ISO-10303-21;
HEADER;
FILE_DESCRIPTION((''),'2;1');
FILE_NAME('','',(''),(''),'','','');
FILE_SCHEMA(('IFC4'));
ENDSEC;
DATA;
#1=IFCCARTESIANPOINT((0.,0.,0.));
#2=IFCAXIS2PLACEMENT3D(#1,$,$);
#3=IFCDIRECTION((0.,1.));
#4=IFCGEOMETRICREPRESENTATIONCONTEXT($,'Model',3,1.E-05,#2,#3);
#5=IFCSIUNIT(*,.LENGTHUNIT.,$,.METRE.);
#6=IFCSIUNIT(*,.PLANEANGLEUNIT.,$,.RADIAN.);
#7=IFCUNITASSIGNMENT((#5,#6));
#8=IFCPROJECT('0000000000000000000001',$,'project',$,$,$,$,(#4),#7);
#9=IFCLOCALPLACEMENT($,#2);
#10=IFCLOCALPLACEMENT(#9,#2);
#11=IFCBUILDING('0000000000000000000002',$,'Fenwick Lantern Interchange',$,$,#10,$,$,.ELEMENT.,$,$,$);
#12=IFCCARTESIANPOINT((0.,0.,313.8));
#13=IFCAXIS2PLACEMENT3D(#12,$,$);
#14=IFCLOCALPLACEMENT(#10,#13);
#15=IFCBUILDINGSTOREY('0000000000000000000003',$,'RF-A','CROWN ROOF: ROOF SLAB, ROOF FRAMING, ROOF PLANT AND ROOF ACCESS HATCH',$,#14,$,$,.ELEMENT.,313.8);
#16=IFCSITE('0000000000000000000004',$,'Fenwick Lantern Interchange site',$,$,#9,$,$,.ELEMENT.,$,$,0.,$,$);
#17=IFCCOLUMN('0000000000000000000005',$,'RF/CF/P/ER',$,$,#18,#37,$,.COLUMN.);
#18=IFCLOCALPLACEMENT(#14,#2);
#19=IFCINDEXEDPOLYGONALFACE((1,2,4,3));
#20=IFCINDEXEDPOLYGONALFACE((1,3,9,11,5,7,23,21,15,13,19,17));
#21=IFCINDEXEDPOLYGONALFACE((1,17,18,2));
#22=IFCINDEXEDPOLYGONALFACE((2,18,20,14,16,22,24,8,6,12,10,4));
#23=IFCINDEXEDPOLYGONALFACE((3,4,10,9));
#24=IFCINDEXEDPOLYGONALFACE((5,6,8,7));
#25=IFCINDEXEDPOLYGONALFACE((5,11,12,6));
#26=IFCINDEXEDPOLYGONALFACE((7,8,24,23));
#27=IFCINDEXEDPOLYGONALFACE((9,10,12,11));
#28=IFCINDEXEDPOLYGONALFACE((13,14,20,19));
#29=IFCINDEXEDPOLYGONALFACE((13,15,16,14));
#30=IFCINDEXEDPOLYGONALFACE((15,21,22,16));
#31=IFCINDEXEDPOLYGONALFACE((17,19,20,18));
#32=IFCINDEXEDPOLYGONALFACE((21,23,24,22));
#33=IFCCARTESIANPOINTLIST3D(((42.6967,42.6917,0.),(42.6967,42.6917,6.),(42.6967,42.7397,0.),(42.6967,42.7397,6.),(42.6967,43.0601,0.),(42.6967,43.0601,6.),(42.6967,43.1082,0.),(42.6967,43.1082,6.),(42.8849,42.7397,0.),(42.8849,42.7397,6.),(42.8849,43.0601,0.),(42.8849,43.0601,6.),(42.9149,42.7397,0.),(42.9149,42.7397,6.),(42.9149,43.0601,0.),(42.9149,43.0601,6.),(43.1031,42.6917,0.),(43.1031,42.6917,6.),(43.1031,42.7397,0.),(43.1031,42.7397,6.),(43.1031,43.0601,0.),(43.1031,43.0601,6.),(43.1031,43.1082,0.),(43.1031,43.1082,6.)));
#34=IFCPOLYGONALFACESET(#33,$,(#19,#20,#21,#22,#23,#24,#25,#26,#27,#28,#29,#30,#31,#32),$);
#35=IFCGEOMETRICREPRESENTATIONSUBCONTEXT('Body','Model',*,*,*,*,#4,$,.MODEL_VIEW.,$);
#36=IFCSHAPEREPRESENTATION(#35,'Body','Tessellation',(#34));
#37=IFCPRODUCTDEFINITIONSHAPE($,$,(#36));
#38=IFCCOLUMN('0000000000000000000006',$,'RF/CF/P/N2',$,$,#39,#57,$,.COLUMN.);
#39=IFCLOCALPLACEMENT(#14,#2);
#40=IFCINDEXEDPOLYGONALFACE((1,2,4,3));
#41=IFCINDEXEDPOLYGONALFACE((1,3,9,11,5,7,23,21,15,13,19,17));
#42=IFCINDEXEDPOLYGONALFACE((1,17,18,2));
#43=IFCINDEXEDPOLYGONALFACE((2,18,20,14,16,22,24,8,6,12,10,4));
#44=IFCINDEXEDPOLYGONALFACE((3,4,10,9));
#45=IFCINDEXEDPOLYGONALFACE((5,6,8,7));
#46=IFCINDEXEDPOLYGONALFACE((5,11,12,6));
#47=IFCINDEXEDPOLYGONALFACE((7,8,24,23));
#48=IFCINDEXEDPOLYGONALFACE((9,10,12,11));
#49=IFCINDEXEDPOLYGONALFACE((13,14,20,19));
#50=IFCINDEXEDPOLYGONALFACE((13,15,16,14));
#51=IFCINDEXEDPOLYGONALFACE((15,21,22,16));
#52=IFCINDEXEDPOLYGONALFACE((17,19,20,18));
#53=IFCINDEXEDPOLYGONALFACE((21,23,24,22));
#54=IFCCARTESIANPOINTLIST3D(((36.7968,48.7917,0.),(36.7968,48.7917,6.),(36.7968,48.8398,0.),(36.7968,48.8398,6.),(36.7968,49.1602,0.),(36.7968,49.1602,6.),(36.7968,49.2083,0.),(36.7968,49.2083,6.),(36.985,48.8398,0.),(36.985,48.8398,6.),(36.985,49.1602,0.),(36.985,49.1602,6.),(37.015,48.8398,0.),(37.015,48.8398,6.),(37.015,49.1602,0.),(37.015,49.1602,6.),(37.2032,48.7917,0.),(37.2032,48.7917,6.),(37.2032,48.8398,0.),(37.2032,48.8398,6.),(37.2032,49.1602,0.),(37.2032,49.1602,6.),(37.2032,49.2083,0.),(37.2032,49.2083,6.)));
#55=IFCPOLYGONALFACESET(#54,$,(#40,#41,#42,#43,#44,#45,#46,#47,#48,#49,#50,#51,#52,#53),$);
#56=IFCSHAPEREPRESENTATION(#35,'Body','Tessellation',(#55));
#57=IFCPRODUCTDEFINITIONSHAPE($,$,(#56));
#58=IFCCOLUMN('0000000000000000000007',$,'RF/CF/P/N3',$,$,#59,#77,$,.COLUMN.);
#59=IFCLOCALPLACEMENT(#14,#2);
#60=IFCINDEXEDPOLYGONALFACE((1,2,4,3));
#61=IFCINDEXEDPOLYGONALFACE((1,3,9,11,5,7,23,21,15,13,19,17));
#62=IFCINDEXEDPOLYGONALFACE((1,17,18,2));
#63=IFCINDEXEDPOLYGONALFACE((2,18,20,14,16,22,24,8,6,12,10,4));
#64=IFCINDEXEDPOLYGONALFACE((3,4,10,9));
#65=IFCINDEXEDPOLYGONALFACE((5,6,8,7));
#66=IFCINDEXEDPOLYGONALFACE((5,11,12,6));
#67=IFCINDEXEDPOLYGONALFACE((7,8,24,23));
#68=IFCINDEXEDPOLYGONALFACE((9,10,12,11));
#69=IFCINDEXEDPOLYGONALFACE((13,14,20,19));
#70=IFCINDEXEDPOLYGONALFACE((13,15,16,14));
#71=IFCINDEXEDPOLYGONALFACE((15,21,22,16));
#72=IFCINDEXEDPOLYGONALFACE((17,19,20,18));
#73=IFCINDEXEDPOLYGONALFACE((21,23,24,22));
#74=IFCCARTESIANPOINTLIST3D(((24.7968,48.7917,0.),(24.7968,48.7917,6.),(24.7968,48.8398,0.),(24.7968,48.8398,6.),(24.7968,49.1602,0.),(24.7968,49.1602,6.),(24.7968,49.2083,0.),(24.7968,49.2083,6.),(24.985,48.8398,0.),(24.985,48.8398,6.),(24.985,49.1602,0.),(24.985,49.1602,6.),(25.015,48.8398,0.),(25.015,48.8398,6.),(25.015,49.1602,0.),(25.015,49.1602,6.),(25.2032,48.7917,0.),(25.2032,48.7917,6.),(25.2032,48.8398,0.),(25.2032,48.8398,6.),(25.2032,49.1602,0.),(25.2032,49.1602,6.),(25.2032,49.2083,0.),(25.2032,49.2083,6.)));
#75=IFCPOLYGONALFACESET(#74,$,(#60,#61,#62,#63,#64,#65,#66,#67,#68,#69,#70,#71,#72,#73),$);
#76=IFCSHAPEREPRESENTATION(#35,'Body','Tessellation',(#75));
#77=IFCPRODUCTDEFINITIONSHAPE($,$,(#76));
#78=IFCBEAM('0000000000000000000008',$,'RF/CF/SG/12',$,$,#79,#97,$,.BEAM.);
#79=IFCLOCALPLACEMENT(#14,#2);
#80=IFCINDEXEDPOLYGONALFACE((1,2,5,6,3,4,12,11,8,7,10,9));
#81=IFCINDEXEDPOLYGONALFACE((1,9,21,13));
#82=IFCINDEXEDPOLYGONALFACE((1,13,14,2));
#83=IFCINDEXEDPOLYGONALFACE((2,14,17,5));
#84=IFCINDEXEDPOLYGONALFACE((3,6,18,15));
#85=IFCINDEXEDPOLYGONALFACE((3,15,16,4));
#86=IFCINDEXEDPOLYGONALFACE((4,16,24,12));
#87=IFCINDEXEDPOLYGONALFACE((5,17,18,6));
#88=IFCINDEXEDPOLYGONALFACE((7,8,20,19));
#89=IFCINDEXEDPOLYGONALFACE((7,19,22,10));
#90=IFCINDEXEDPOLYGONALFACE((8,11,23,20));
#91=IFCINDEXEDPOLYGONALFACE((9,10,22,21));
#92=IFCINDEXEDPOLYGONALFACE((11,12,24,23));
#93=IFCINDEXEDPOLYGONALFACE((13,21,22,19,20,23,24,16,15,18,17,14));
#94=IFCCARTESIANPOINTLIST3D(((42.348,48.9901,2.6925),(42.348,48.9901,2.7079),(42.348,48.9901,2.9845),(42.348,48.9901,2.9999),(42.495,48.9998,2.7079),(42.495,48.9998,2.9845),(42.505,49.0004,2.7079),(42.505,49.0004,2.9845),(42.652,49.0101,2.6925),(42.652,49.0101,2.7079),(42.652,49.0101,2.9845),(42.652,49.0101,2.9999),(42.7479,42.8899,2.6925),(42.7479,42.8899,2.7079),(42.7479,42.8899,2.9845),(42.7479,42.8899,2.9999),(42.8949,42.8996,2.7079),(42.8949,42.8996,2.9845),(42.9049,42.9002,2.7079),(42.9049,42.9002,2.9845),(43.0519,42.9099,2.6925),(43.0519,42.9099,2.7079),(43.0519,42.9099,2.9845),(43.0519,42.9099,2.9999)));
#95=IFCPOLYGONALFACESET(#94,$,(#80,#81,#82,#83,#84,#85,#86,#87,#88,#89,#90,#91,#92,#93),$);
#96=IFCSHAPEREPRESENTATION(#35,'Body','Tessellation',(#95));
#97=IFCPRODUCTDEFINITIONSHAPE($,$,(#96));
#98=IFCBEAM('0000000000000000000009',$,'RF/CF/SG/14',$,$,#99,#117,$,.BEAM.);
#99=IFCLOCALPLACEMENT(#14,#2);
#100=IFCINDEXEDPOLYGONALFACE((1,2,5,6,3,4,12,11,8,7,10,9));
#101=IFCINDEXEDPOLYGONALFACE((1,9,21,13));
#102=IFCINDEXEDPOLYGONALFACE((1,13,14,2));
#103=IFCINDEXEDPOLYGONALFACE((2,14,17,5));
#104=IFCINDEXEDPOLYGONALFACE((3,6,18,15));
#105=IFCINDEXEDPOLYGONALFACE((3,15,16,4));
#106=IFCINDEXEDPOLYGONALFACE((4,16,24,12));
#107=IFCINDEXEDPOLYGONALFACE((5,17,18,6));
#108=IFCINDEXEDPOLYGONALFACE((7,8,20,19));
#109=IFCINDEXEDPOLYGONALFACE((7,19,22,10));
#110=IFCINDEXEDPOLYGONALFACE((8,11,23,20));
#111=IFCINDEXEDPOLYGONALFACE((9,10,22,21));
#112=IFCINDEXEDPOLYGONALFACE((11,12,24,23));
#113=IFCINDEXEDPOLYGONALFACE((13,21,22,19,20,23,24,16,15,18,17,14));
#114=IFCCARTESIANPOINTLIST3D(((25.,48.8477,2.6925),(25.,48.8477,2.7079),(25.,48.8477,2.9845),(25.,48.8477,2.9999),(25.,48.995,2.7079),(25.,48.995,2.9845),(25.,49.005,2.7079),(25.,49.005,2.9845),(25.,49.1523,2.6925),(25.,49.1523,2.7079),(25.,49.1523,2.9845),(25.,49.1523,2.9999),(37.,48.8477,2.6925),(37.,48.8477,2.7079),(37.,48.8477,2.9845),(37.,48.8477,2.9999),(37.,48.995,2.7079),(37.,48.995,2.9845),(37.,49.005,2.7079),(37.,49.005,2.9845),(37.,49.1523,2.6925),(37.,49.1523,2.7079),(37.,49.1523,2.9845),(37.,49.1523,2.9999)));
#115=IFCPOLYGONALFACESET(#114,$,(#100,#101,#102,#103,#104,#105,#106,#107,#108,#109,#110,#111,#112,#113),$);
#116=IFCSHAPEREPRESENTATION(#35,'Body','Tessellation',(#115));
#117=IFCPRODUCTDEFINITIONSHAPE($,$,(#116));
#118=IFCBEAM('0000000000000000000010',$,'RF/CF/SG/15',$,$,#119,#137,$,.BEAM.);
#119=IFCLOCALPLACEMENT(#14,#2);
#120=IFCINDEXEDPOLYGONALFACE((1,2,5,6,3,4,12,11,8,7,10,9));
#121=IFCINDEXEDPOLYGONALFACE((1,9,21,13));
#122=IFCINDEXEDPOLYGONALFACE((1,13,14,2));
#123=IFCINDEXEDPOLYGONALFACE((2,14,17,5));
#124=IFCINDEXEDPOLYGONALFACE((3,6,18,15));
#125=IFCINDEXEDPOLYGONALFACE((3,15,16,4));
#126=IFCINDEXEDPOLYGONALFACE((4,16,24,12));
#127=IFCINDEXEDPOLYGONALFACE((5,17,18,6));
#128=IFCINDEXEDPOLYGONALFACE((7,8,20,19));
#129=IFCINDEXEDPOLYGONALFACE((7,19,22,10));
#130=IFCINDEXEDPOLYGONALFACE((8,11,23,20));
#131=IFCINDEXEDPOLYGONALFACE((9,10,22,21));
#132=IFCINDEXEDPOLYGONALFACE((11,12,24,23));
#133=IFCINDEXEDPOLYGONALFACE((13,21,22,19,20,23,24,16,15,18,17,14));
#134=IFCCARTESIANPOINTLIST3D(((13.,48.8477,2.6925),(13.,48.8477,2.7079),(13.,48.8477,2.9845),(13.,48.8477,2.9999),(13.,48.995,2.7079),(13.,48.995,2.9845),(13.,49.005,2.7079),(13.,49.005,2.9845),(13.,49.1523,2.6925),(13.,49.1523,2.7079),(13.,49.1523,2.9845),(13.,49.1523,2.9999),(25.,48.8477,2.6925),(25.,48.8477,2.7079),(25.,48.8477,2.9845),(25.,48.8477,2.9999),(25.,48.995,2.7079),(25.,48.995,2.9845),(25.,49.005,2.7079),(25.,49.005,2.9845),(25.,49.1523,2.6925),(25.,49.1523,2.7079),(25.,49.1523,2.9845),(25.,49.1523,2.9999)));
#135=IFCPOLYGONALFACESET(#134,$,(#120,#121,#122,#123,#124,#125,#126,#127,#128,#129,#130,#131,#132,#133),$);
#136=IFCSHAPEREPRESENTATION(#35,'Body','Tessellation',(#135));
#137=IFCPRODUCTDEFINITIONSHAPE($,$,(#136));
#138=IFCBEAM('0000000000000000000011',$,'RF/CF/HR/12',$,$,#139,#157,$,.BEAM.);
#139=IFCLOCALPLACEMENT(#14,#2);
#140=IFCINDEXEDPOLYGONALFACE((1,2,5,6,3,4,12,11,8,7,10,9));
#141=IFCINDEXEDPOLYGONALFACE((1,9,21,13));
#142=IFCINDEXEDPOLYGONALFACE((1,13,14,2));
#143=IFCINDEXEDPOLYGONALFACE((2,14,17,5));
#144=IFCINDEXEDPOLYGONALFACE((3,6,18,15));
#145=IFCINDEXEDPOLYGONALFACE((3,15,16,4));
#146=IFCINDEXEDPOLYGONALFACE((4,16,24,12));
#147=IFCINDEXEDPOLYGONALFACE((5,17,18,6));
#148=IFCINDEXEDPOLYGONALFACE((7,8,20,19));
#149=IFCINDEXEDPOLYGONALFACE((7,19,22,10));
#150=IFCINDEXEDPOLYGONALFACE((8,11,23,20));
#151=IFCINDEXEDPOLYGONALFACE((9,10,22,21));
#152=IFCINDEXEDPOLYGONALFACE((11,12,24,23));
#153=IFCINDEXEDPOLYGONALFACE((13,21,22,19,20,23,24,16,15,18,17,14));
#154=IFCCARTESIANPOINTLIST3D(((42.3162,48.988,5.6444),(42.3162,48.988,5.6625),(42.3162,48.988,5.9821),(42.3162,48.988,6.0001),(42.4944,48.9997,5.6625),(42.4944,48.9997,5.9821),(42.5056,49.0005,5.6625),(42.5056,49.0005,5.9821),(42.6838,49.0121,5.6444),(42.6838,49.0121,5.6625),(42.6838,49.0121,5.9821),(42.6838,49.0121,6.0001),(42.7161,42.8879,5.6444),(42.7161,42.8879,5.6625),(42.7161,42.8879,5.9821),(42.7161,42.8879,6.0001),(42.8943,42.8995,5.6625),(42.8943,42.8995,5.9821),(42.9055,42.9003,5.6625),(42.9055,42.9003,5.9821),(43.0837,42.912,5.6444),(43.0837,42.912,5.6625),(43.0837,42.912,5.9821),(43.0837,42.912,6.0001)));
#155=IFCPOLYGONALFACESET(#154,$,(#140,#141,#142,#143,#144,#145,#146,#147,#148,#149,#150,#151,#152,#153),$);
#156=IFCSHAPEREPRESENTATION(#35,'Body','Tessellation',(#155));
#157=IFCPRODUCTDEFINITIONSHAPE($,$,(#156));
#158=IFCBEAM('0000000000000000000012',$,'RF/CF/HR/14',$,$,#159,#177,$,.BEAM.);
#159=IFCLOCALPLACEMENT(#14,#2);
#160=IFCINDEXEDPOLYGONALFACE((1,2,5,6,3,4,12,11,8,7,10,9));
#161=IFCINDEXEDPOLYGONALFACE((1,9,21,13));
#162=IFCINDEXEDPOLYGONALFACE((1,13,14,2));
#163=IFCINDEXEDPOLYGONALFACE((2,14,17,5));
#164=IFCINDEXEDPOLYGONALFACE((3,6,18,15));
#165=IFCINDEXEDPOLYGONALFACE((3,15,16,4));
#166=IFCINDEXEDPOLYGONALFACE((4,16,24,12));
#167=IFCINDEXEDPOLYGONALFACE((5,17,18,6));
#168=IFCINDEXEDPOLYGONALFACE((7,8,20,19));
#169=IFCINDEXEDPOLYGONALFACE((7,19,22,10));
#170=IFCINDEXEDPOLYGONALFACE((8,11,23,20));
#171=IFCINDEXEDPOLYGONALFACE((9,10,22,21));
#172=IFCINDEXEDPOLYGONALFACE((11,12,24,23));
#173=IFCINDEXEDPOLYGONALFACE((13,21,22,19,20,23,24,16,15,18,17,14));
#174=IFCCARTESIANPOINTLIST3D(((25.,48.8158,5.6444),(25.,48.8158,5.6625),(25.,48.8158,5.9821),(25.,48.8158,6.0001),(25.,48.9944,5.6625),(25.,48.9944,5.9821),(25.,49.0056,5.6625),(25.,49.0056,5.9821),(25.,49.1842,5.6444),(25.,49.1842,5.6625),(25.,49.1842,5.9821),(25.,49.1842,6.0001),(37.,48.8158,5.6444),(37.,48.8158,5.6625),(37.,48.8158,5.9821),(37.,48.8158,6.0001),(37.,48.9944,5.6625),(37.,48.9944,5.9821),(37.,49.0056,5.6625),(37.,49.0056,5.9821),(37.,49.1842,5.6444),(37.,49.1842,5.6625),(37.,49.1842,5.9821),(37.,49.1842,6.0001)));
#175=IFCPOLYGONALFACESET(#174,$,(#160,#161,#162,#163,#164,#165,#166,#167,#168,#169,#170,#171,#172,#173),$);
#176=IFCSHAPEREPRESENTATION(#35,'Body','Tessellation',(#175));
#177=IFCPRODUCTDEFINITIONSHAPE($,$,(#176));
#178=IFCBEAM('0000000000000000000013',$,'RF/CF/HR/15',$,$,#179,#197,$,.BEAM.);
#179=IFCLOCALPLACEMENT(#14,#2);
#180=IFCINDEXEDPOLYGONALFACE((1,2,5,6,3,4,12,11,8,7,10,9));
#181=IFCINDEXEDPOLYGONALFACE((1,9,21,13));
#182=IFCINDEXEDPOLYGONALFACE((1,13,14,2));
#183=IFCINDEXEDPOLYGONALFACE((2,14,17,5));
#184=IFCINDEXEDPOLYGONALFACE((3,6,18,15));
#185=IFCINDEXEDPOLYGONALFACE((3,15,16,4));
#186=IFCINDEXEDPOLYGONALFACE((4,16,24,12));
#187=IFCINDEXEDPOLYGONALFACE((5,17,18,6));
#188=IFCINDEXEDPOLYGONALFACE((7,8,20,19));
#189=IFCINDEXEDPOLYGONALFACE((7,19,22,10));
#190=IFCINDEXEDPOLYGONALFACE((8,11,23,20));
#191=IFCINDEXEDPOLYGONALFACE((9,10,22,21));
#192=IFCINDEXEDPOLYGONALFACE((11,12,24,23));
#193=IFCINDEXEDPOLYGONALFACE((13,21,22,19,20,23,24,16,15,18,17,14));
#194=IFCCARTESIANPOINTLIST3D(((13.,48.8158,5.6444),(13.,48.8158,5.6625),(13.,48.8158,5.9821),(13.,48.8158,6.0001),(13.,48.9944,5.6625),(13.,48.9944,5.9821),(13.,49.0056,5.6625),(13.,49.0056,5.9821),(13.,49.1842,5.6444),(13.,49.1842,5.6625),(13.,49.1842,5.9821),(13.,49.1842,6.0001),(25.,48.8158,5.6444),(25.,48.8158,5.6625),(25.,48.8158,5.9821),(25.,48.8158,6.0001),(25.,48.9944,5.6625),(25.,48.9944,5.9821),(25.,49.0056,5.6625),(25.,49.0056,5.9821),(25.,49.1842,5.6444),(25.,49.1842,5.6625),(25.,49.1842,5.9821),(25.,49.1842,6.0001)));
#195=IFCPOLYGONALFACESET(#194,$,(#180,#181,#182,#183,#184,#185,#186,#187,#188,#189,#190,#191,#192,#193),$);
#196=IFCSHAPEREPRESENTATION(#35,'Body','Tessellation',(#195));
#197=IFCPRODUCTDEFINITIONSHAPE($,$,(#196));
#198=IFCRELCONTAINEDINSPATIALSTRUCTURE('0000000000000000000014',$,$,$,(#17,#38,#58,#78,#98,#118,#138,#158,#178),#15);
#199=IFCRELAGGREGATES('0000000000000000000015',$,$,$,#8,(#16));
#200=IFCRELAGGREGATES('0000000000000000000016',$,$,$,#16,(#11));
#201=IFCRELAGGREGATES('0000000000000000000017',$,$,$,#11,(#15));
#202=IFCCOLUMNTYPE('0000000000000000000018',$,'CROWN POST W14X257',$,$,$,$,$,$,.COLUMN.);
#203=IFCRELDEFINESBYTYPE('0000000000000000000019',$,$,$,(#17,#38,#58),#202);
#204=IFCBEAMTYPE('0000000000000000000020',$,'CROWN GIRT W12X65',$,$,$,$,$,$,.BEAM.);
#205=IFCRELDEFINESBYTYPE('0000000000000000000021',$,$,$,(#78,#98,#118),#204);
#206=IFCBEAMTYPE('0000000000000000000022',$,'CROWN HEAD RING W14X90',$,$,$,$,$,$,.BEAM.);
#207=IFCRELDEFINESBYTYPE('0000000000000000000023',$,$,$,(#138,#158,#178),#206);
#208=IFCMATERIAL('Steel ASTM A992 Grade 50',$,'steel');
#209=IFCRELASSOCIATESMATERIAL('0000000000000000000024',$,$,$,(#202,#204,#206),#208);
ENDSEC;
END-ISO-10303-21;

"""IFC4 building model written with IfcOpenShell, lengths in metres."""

from ifc_helpers import new_model, si_unit, direction, frame, origin, origin_2d, place, context, subcontext, project, spatial, i_section, extrude, material, material_profile, profile_set, type_object, element, save


model = new_model("IFC4")

# Units and contexts
model_context = context("Model", 3, precision=1e-05, world=origin(), true_north=direction((0.0, 1.0)))
body_context = subcontext(model_context, "Body", "Model", "MODEL_VIEW")
ifc_project = project(units=[si_unit("LENGTHUNIT", "METRE"), si_unit("PLANEANGLEUNIT", "RADIAN")], contexts=[model_context])

# Site, building, storey
site_placement = place(None, origin())
site = spatial("IfcSite", under=ifc_project, at=site_placement, Name="Fenwick Lantern Interchange site", CompositionType="ELEMENT", RefElevation=0.0)
building_placement = place(site_placement, origin())
building = spatial("IfcBuilding", under=site, at=building_placement, Name="Fenwick Lantern Interchange", CompositionType="ELEMENT")
storey_placement = place(building_placement, frame((0.0, 0.0, 313.8)))
storey = spatial("IfcBuildingStorey", under=building, at=storey_placement, Name="RF-A", Description="CROWN ROOF: ROOF SLAB, ROOF FRAMING, ROOF PLANT AND ROOF ACCESS HATCH", CompositionType="ELEMENT", Elevation=313.8)

# Columns
ifc_material_1 = material(Name="Steel ASTM A992 Grade 50", Category="steel")
ifc_material_profile_1 = material_profile(ifc_material_1, i_section(OverallWidth=0.4065, OverallDepth=0.4165, WebThickness=0.03, FlangeThickness=0.0481, at=origin_2d()), Name="W14X257")
ifc_profile_set_1 = profile_set([ifc_material_profile_1], Name="Steel ASTM A992 Grade 50")
column_type = type_object("IfcColumnType", Name="CROWN POST W14X257", PredefinedType="COLUMN", material=ifc_profile_set_1)
for number, where, z_axis, x_axis, name in (
    (1, (42.8999, 42.8999, 0.0), (0.0, 0.0, 1.0), (1.0, 0.0, 0.0), "RF/CF/P/ER"),
    (2, (37.0, 49.0, 0.0), (0.0, 0.0, 1.0), (1.0, 0.0, 0.0), "RF/CF/P/N2"),
    (3, (25.0, 49.0, 0.0), (0.0, 0.0, 1.0), (1.0, 0.0, 0.0), "RF/CF/P/N3"),
):
    element("IfcColumn", number, at=place(storey_placement, frame(where, z_axis=z_axis, x_axis=x_axis)), inside=storey, type_object=column_type, Name=name, PredefinedType="COLUMN", context=body_context, shape_type="SweptSolid", body=[
        extrude(i_section(OverallWidth=0.4065, OverallDepth=0.4165, WebThickness=0.03, FlangeThickness=0.0481, at=origin_2d()), origin(), (0.0, 0.0, 1.0), 6.0),
    ])

# Beams
ifc_material_profile_2 = material_profile(ifc_material_1, i_section(OverallWidth=0.3047, OverallDepth=0.3074, WebThickness=0.01, FlangeThickness=0.0154, at=origin_2d()), Name="W12X65")
ifc_profile_set_2 = profile_set([ifc_material_profile_2], Name="Steel ASTM A992 Grade 50")
beam_type_1 = type_object("IfcBeamType", Name="CROWN GIRT W12X65", PredefinedType="BEAM", material=ifc_profile_set_2)
beam_1_placement = place(storey_placement, frame((42.8999, 42.8999, 2.8462), z_axis=(-0.065416, 0.997858, 0.0), x_axis=(-0.997858, -0.065416, 0.0)))
element("IfcBeam", 4, at=beam_1_placement, inside=storey, type_object=beam_type_1, Name="RF/CF/SG/12", PredefinedType="BEAM", context=body_context, shape_type="SweptSolid", body=[
    extrude(i_section(OverallWidth=0.3047, OverallDepth=0.3074, WebThickness=0.01, FlangeThickness=0.0154, at=origin_2d()), origin(), (0.0, 0.0, 1.0), 6.1133),
])
for number, where, z_axis, x_axis, name in (
    (5, (37.0, 49.0, 2.8462), (-1.0, 0.0, 0.0), (0.0, -1.0, 0.0), "RF/CF/SG/14"),
    (6, (25.0, 49.0, 2.8462), (-1.0, 0.0, 0.0), (0.0, -1.0, 0.0), "RF/CF/SG/15"),
):
    element("IfcBeam", number, at=place(storey_placement, frame(where, z_axis=z_axis, x_axis=x_axis)), inside=storey, type_object=beam_type_1, Name=name, PredefinedType="BEAM", context=body_context, shape_type="SweptSolid", body=[
        extrude(i_section(OverallWidth=0.3047, OverallDepth=0.3074, WebThickness=0.01, FlangeThickness=0.0154, at=origin_2d()), origin(), (0.0, 0.0, 1.0), 12.0),
    ])
ifc_material_profile_3 = material_profile(ifc_material_1, i_section(OverallWidth=0.3684, OverallDepth=0.3557, WebThickness=0.0112, FlangeThickness=0.0181, at=origin_2d()), Name="W14X90")
ifc_profile_set_3 = profile_set([ifc_material_profile_3], Name="Steel ASTM A992 Grade 50")
beam_type_2 = type_object("IfcBeamType", Name="CROWN HEAD RING W14X90", PredefinedType="BEAM", material=ifc_profile_set_3)
beam_2_placement = place(storey_placement, frame((42.8999, 42.8999, 5.8223), z_axis=(-0.065416, 0.997858, 0.0), x_axis=(-0.997858, -0.065416, 0.0)))
element("IfcBeam", 7, at=beam_2_placement, inside=storey, type_object=beam_type_2, Name="RF/CF/HR/12", PredefinedType="BEAM", context=body_context, shape_type="SweptSolid", body=[
    extrude(i_section(OverallWidth=0.3684, OverallDepth=0.3557, WebThickness=0.0112, FlangeThickness=0.0181, at=origin_2d()), origin(), (0.0, 0.0, 1.0), 6.1133),
])
for number, where, z_axis, x_axis, name in (
    (8, (37.0, 49.0, 5.8223), (-1.0, 0.0, 0.0), (0.0, -1.0, 0.0), "RF/CF/HR/14"),
    (9, (25.0, 49.0, 5.8223), (-1.0, 0.0, 0.0), (0.0, -1.0, 0.0), "RF/CF/HR/15"),
):
    element("IfcBeam", number, at=place(storey_placement, frame(where, z_axis=z_axis, x_axis=x_axis)), inside=storey, type_object=beam_type_2, Name=name, PredefinedType="BEAM", context=body_context, shape_type="SweptSolid", body=[
        extrude(i_section(OverallWidth=0.3684, OverallDepth=0.3557, WebThickness=0.0112, FlangeThickness=0.0181, at=origin_2d()), origin(), (0.0, 0.0, 1.0), 12.0),
    ])

save(model, "model.ifc")
